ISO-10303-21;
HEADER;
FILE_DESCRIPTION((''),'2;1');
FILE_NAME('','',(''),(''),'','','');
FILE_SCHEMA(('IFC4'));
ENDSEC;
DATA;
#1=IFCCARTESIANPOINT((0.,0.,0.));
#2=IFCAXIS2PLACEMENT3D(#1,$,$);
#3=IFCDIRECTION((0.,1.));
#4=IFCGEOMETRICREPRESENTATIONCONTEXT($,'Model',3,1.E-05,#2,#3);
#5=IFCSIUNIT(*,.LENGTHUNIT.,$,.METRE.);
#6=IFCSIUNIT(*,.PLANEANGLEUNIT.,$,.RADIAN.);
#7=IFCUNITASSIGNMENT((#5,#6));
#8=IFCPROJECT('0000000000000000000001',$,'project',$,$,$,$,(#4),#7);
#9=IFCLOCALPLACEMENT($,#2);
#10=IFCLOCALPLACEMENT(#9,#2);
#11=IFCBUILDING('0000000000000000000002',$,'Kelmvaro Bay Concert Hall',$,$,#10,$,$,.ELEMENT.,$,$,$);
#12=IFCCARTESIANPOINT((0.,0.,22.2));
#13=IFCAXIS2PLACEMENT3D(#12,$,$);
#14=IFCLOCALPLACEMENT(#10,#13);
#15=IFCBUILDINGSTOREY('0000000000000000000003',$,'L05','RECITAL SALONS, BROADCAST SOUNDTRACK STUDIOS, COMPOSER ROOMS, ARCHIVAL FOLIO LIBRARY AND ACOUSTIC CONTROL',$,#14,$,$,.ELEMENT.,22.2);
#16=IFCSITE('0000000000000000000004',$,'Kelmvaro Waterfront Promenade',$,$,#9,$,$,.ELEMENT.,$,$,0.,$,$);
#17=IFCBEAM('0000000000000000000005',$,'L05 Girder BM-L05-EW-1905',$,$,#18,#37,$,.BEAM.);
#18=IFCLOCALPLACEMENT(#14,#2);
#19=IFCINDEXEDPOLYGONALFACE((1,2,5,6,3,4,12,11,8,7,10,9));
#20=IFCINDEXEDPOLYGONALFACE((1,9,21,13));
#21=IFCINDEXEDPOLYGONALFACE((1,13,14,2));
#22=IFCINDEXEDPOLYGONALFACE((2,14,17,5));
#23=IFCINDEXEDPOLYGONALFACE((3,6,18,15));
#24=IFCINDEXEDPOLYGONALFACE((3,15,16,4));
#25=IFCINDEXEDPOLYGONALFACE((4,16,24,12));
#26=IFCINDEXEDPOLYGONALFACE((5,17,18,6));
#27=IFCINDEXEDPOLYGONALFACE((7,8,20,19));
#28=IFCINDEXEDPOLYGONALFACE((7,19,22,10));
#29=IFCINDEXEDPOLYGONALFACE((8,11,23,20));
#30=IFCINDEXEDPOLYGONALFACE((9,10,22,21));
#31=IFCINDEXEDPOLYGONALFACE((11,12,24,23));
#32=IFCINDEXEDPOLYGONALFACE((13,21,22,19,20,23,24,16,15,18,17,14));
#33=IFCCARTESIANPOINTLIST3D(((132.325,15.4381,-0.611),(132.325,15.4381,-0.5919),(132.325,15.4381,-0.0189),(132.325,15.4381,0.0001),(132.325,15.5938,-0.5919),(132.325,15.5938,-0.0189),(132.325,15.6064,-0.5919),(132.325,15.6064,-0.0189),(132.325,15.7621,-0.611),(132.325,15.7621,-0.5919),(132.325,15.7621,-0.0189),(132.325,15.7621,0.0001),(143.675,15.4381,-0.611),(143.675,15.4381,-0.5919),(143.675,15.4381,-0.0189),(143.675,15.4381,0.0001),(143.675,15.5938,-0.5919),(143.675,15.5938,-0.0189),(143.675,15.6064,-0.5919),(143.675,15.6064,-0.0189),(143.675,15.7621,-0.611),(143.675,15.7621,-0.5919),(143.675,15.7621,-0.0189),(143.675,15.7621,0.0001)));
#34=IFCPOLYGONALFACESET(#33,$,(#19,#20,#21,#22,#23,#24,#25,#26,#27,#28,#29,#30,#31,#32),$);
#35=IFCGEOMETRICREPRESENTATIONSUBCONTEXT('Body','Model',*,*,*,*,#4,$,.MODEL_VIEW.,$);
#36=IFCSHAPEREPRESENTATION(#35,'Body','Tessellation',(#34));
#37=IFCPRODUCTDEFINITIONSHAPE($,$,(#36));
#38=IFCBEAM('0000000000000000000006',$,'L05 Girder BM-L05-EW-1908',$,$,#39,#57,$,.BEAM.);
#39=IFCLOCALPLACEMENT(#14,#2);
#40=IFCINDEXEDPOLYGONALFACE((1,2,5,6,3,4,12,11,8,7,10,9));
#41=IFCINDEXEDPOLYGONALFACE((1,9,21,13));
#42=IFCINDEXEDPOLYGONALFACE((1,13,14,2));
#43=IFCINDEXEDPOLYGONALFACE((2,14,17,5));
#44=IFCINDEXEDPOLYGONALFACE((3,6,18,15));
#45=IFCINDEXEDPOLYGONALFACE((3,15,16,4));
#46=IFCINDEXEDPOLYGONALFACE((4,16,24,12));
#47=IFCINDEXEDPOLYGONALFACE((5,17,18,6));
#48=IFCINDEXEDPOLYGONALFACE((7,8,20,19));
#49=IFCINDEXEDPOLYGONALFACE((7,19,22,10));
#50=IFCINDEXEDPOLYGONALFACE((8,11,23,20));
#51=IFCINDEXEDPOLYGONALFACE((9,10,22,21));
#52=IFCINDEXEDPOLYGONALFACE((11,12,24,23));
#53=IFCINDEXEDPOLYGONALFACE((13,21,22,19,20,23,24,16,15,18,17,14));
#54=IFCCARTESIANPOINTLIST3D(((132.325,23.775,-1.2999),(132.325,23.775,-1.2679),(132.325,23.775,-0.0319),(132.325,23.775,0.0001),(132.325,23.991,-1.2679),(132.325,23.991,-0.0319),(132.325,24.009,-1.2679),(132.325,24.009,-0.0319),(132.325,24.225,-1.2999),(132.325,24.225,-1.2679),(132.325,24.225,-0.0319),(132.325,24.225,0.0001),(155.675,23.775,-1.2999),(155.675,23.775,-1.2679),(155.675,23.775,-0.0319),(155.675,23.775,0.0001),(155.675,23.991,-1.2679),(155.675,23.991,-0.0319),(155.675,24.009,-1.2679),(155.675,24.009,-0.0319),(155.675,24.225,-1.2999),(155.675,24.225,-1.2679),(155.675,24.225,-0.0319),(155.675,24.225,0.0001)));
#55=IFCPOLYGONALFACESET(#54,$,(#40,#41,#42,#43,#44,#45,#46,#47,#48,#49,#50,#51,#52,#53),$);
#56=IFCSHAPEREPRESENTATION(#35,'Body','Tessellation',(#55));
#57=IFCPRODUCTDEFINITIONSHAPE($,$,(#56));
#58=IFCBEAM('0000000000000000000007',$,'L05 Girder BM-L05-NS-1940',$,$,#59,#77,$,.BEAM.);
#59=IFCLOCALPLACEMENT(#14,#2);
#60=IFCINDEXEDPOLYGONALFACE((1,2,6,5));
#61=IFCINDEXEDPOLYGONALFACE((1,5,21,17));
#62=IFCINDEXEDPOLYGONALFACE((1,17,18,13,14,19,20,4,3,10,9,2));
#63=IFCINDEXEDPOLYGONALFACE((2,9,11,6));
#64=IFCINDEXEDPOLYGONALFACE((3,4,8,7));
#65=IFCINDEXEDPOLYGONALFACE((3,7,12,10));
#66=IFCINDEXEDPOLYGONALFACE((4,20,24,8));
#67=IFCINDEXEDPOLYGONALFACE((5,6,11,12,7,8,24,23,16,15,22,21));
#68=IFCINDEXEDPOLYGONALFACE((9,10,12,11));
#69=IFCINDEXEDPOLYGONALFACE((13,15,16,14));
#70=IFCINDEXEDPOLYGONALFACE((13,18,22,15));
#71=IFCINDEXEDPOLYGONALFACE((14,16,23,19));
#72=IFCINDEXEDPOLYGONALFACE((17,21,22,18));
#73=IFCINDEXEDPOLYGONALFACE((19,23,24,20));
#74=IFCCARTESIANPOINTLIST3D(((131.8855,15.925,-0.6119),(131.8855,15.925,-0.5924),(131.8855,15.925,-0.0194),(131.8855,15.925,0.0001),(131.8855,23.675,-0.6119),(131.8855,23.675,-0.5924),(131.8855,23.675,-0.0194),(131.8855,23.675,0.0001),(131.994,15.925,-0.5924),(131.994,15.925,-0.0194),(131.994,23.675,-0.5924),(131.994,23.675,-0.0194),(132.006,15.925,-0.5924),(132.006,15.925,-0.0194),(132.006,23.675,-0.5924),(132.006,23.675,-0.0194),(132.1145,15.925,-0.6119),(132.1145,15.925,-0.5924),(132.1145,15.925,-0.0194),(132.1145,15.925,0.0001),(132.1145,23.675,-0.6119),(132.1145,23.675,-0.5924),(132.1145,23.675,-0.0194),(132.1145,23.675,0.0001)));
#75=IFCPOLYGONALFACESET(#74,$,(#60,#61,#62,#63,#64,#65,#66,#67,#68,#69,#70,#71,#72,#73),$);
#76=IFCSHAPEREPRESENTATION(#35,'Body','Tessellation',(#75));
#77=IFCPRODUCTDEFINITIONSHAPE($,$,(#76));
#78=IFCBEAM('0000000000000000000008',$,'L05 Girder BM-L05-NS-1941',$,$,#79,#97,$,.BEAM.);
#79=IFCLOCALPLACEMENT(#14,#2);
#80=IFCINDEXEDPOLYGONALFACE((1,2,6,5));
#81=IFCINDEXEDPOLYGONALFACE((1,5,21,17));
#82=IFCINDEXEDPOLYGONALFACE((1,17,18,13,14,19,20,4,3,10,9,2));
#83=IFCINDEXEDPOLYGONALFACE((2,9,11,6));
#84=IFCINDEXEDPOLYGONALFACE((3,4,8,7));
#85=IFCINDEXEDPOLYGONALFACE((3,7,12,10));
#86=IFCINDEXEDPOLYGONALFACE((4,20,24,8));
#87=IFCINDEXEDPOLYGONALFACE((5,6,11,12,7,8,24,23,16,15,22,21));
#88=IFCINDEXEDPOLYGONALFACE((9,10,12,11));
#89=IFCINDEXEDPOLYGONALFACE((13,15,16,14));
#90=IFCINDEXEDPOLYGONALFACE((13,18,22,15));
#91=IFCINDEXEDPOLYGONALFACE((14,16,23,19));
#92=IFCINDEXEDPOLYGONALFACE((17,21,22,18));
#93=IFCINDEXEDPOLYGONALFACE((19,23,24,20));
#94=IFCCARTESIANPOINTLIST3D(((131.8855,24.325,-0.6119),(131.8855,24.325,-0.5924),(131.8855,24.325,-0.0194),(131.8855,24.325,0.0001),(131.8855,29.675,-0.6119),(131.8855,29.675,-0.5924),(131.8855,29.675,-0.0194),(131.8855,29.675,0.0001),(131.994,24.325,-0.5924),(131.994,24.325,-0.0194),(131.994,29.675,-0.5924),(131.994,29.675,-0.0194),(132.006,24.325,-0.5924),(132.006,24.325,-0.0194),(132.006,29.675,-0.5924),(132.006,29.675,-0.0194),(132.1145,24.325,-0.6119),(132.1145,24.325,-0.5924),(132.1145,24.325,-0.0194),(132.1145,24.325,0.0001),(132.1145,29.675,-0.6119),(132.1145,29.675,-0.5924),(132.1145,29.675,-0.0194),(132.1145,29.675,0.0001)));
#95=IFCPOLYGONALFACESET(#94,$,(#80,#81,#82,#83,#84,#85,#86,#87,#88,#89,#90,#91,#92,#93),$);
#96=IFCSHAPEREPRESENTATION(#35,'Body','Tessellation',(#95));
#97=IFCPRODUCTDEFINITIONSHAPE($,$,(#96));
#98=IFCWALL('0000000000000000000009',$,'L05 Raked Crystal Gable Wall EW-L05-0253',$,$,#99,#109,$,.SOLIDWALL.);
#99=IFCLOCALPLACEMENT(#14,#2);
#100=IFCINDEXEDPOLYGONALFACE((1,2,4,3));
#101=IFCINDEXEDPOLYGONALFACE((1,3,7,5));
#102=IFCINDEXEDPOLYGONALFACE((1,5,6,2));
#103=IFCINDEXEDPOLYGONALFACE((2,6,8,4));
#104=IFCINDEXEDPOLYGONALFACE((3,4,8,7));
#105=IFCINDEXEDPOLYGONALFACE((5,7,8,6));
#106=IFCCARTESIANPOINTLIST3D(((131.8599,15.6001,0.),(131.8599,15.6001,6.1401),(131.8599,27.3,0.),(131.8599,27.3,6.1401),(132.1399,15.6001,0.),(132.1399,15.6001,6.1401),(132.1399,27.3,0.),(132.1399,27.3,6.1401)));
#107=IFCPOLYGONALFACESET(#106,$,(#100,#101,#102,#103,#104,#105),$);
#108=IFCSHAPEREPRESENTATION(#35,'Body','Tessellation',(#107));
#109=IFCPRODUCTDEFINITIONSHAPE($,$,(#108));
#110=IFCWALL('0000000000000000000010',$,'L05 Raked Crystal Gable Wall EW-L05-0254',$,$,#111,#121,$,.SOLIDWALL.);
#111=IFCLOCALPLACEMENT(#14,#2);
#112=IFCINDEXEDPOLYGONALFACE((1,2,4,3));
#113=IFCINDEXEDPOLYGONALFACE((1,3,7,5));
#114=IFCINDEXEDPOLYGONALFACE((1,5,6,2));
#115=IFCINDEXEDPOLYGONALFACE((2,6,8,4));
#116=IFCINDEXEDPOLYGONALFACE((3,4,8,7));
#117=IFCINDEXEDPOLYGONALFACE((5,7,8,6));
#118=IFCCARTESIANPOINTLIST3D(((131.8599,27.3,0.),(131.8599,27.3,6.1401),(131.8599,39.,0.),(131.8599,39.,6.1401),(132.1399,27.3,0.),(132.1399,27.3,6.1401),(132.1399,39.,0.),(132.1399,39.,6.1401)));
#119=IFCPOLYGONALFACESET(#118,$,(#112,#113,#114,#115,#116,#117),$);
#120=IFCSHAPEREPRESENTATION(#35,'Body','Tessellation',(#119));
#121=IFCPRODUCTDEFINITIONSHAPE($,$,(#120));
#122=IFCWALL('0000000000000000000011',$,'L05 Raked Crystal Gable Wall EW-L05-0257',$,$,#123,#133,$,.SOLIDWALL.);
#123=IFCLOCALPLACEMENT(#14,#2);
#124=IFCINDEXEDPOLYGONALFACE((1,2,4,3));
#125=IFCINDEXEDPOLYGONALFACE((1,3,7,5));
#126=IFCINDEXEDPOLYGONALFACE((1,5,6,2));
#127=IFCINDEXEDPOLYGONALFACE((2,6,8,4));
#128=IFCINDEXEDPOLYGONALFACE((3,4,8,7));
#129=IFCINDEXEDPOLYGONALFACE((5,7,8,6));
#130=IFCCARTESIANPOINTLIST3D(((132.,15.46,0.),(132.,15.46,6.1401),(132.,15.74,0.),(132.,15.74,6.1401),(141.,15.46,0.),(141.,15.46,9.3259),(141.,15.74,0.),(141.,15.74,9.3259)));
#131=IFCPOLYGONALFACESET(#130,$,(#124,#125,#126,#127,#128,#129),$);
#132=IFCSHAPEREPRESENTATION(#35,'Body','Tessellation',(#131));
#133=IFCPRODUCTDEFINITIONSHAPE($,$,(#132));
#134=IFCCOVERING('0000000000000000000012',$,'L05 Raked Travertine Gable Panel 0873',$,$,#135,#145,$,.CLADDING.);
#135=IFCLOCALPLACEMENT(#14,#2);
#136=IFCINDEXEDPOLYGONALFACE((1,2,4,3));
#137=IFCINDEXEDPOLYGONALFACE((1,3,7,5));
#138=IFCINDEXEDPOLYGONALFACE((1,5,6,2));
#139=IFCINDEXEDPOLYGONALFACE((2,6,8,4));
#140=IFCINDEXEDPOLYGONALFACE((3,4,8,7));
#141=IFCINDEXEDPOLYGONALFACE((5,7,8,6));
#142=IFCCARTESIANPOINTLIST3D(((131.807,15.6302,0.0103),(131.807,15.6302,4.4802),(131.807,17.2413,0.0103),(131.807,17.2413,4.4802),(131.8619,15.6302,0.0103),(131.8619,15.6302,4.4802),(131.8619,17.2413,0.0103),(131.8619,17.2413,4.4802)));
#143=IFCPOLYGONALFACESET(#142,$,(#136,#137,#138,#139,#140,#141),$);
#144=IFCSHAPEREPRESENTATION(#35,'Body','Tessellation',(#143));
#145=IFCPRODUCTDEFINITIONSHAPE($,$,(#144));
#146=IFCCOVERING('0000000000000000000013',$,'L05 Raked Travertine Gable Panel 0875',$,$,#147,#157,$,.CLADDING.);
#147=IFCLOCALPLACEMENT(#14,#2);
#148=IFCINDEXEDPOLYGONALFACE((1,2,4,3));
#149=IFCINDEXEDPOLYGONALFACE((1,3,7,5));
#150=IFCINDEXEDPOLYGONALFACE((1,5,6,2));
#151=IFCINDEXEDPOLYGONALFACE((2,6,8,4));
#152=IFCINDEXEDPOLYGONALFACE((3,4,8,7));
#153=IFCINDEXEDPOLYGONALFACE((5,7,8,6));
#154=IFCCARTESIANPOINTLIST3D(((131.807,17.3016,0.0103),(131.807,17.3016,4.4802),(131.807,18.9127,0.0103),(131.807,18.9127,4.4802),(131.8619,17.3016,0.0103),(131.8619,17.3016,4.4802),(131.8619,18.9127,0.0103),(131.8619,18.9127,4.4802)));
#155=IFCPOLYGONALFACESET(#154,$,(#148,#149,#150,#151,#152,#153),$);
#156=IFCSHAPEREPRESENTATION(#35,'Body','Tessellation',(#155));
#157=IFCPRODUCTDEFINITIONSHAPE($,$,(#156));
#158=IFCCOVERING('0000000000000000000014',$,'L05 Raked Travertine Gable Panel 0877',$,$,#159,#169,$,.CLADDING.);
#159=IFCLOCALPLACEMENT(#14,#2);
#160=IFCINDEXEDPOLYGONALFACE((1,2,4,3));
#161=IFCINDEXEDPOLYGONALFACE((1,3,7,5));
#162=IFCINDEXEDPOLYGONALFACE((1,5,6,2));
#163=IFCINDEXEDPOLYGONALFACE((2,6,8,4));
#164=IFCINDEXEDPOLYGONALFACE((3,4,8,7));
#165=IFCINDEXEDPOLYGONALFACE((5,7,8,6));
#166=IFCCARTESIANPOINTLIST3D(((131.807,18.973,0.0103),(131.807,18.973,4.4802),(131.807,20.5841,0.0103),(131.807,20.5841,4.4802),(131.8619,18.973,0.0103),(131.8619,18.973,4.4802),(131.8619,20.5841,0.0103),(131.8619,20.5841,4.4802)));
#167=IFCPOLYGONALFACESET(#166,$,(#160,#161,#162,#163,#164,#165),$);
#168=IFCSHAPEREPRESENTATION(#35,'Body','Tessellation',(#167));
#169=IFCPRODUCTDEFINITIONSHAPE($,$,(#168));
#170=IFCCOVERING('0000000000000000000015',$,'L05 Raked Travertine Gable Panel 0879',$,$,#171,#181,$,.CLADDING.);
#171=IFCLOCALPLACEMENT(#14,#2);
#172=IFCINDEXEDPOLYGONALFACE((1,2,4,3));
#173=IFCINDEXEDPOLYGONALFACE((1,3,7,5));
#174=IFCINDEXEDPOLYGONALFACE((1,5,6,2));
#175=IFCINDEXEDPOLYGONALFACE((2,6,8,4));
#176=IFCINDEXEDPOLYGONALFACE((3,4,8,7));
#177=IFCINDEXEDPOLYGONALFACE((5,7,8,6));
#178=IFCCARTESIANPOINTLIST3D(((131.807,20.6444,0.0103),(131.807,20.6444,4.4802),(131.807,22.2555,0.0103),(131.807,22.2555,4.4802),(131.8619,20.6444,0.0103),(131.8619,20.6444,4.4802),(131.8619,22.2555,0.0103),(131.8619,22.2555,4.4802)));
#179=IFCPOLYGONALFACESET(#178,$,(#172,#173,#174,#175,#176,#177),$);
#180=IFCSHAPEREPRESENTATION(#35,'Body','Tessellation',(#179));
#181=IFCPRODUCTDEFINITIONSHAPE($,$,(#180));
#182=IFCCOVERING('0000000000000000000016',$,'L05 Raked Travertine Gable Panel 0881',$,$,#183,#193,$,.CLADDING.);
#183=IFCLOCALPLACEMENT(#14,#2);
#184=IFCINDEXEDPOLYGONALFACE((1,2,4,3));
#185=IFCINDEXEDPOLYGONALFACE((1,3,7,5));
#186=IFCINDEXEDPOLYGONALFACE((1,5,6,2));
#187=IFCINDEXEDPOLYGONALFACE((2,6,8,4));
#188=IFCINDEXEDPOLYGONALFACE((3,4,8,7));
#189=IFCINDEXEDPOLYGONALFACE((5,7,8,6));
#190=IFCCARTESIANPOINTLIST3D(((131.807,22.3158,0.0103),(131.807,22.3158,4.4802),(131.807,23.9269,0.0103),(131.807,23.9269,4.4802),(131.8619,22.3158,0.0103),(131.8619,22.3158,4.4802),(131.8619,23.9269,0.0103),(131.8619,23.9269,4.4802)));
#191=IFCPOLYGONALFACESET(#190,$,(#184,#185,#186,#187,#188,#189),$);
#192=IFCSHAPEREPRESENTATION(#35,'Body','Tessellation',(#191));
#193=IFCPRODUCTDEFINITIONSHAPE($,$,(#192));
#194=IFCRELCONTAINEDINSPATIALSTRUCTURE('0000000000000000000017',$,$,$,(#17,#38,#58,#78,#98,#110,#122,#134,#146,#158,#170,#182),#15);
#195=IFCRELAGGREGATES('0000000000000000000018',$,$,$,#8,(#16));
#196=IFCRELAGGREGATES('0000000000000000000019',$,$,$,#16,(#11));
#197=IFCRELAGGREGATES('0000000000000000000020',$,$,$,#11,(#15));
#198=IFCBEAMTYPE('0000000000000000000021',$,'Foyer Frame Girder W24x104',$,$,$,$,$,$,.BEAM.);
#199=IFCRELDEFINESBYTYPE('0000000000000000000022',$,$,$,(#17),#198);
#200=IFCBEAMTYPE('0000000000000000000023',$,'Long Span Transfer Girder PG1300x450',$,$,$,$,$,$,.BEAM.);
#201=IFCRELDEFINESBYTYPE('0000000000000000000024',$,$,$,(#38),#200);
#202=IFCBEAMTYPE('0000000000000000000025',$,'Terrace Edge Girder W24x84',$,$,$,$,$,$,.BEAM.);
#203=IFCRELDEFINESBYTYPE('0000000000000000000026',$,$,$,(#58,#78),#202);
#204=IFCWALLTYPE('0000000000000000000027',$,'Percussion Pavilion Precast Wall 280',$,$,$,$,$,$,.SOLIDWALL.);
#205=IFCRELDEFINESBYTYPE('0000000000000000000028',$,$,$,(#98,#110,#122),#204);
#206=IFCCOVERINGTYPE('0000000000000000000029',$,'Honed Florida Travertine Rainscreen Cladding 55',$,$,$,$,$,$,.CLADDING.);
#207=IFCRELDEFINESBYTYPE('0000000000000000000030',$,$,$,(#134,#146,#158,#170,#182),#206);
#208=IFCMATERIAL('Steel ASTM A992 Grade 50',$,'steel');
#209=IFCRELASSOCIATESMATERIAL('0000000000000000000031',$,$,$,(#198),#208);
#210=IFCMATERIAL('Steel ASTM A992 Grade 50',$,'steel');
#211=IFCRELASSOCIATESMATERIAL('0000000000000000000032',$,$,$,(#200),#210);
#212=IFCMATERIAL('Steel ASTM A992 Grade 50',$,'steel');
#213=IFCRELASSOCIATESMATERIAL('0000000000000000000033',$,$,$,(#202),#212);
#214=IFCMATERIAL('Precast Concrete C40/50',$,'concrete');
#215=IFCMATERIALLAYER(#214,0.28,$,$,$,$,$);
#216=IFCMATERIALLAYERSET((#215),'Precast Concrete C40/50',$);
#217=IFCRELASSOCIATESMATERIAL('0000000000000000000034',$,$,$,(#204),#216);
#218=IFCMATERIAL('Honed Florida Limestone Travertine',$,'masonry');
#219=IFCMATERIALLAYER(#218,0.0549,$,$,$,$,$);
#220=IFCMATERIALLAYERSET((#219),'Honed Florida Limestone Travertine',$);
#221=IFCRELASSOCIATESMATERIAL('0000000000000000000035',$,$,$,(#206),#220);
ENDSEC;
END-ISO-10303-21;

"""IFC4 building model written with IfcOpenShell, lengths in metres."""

from ifc_helpers import new_model, si_unit, direction, frame, origin, origin_2d, place, context, subcontext, project, spatial, polyline, rectangle, i_section, outline, extrude, material, layer, layer_set, material_profile, profile_set, type_object, element, save


model = new_model("IFC4")

# Units and contexts
model_context = context("Model", 3, precision=1e-05, world=origin(), true_north=direction((0.0, 1.0)))
body_context = subcontext(model_context, "Body", "Model", "MODEL_VIEW")
ifc_project = project(units=[si_unit("LENGTHUNIT", "METRE"), si_unit("PLANEANGLEUNIT", "RADIAN")], contexts=[model_context])

# Site, building, storey
site_placement = place(None, origin())
site = spatial("IfcSite", under=ifc_project, at=site_placement, Name="Kelmvaro Waterfront Promenade", CompositionType="ELEMENT", RefElevation=0.0)
building_placement = place(site_placement, origin())
building = spatial("IfcBuilding", under=site, at=building_placement, Name="Kelmvaro Bay Concert Hall", CompositionType="ELEMENT")
storey_placement = place(building_placement, frame((0.0, 0.0, 22.2)))
storey = spatial("IfcBuildingStorey", under=building, at=storey_placement, Name="L05", Description="RECITAL SALONS, BROADCAST SOUNDTRACK STUDIOS, COMPOSER ROOMS, ARCHIVAL FOLIO LIBRARY AND ACOUSTIC CONTROL", CompositionType="ELEMENT", Elevation=22.2)

# Beams
ifc_material_1 = material(Name="Steel ASTM A992 Grade 50", Category="steel")
ifc_material_profile_1 = material_profile(ifc_material_1, i_section(OverallWidth=0.324, OverallDepth=0.6111, WebThickness=0.0127, FlangeThickness=0.019, at=origin_2d()), Name="W24X104")
ifc_profile_set_1 = profile_set([ifc_material_profile_1], Name="Steel ASTM A992 Grade 50")
beam_type_1 = type_object("IfcBeamType", Name="Foyer Frame Girder W24x104", PredefinedType="BEAM", material=ifc_profile_set_1)
beam_1_placement = place(storey_placement, frame((132.325, 15.6001, -0.3054), z_axis=(1.0, 0.0, 0.0), x_axis=(0.0, 1.0, 0.0)))
element("IfcBeam", 1, at=beam_1_placement, inside=storey, type_object=beam_type_1, Name="L05 Girder BM-L05-EW-1905", PredefinedType="BEAM", context=body_context, shape_type="SweptSolid", body=[
    extrude(i_section(OverallWidth=0.324, OverallDepth=0.6111, WebThickness=0.0127, FlangeThickness=0.019, at=origin_2d()), origin(), (0.0, 0.0, 1.0), 11.3501),
])
ifc_material_2 = material(Name="Steel ASTM A992 Grade 50", Category="steel")
ifc_material_profile_2 = material_profile(ifc_material_2, i_section(OverallWidth=0.45, OverallDepth=1.3, WebThickness=0.0181, FlangeThickness=0.032, at=origin_2d()), Name="PG1300X450")
ifc_profile_set_2 = profile_set([ifc_material_profile_2], Name="Steel ASTM A992 Grade 50")
beam_type_2 = type_object("IfcBeamType", Name="Long Span Transfer Girder PG1300x450", PredefinedType="BEAM", material=ifc_profile_set_2)
beam_2_placement = place(storey_placement, frame((132.325, 24.0, -0.6499), z_axis=(1.0, 0.0, 0.0), x_axis=(0.0, 1.0, 0.0)))
element("IfcBeam", 2, at=beam_2_placement, inside=storey, type_object=beam_type_2, Name="L05 Girder BM-L05-EW-1908", PredefinedType="BEAM", context=body_context, shape_type="SweptSolid", body=[
    extrude(i_section(OverallWidth=0.45, OverallDepth=1.3, WebThickness=0.0181, FlangeThickness=0.032, at=origin_2d()), origin(), (0.0, 0.0, 1.0), 23.3501),
])
ifc_material_3 = material(Name="Steel ASTM A992 Grade 50", Category="steel")
ifc_material_profile_3 = material_profile(ifc_material_3, i_section(OverallWidth=0.229, OverallDepth=0.6121, WebThickness=0.012, FlangeThickness=0.0195, at=origin_2d()), Name="W24X84")
ifc_profile_set_3 = profile_set([ifc_material_profile_3], Name="Steel ASTM A992 Grade 50")
beam_type_3 = type_object("IfcBeamType", Name="Terrace Edge Girder W24x84", PredefinedType="BEAM", material=ifc_profile_set_3)
beam_3_placement = place(storey_placement, frame((132.0, 15.925, -0.3059), z_axis=(0.0, 1.0, 0.0), x_axis=(-1.0, 0.0, 0.0)))
element("IfcBeam", 3, at=beam_3_placement, inside=storey, type_object=beam_type_3, Name="L05 Girder BM-L05-NS-1940", PredefinedType="BEAM", context=body_context, shape_type="SweptSolid", body=[
    extrude(i_section(OverallWidth=0.229, OverallDepth=0.6121, WebThickness=0.012, FlangeThickness=0.0195, at=origin_2d()), origin(), (0.0, 0.0, 1.0), 7.75),
])
beam_4_placement = place(storey_placement, frame((132.0, 24.325, -0.3059), z_axis=(0.0, 1.0, 0.0), x_axis=(-1.0, 0.0, 0.0)))
element("IfcBeam", 4, at=beam_4_placement, inside=storey, type_object=beam_type_3, Name="L05 Girder BM-L05-NS-1941", PredefinedType="BEAM", context=body_context, shape_type="SweptSolid", body=[
    extrude(i_section(OverallWidth=0.229, OverallDepth=0.6121, WebThickness=0.012, FlangeThickness=0.0195, at=origin_2d()), origin(), (0.0, 0.0, 1.0), 5.3501),
])

# Walls
ifc_material_4 = material(Name="Precast Concrete C40/50", Category="concrete")
ifc_layer_1 = layer(ifc_material_4, 0.28)
ifc_layer_set_1 = layer_set([ifc_layer_1], Name="Precast Concrete C40/50")
wall_type = type_object("IfcWallType", Name="Percussion Pavilion Precast Wall 280", PredefinedType="SOLIDWALL", material=ifc_layer_set_1)
for number, where, z_axis, x_axis, name in (
    (5, (132.0, 15.6001, 0.0), (0.0, 0.0, 1.0), (0.0, 1.0, 0.0), "L05 Raked Crystal Gable Wall EW-L05-0253"),
    (6, (132.0, 27.3, 0.0), (0.0, 0.0, 1.0), (0.0, 1.0, 0.0), "L05 Raked Crystal Gable Wall EW-L05-0254"),
):
    element("IfcWall", number, at=place(storey_placement, frame(where, z_axis=z_axis, x_axis=x_axis)), inside=storey, type_object=wall_type, Name=name, PredefinedType="SOLIDWALL", context=body_context, shape_type="SweptSolid", body=[
        extrude(outline(polyline([(0.0, 0.0), (11.7, 0.0), (11.7, 6.1401), (0.0, 6.1401), (0.0, 0.0)])), frame((0.0, 0.1401, 0.0), z_axis=(0.0, -1.0, 0.0), x_axis=(1.0, 0.0, 0.0)), (0.0, 0.0, 1.0), 0.28),
    ])
wall_placement = place(storey_placement, frame((141.0, 15.6001, 0.0), z_axis=(0.0, 0.0, 1.0), x_axis=(-1.0, 0.0, 0.0)))
element("IfcWall", 7, at=wall_placement, inside=storey, type_object=wall_type, Name="L05 Raked Crystal Gable Wall EW-L05-0257", PredefinedType="SOLIDWALL", context=body_context, shape_type="SweptSolid", body=[
    extrude(outline(polyline([(0.0, 0.0), (9.0, 0.0), (9.0, 6.1401), (0.0, 9.3259), (0.0, 0.0)])), frame((0.0, 0.1401, 0.0), z_axis=(0.0, -1.0, 0.0), x_axis=(1.0, 0.0, 0.0)), (0.0, 0.0, 1.0), 0.28),
])

# Coverings
ifc_material_5 = material(Name="Honed Florida Limestone Travertine", Category="masonry")
ifc_layer_2 = layer(ifc_material_5, 0.0549)
ifc_layer_set_2 = layer_set([ifc_layer_2], Name="Honed Florida Limestone Travertine")
covering_type = type_object("IfcCoveringType", Name="Honed Florida Travertine Rainscreen Cladding 55", PredefinedType="CLADDING", material=ifc_layer_set_2)
for number, where, z_axis, x_axis, name in (
    (8, (131.8345, 16.4358, 0.0103), (0.0, 0.0, 1.0), (0.0, 1.0, 0.0), "L05 Raked Travertine Gable Panel 0873"),
    (9, (131.8345, 18.1072, 0.0103), (0.0, 0.0, 1.0), (0.0, 1.0, 0.0), "L05 Raked Travertine Gable Panel 0875"),
    (10, (131.8345, 19.7786, 0.0103), (0.0, 0.0, 1.0), (0.0, 1.0, 0.0), "L05 Raked Travertine Gable Panel 0877"),
    (11, (131.8345, 21.45, 0.0103), (0.0, 0.0, 1.0), (0.0, 1.0, 0.0), "L05 Raked Travertine Gable Panel 0879"),
    (12, (131.8345, 23.1213, 0.0103), (0.0, 0.0, 1.0), (0.0, 1.0, 0.0), "L05 Raked Travertine Gable Panel 0881"),
):
    element("IfcCovering", number, at=place(storey_placement, frame(where, z_axis=z_axis, x_axis=x_axis)), inside=storey, type_object=covering_type, Name=name, PredefinedType="CLADDING", context=body_context, shape_type="SweptSolid", body=[
        extrude(rectangle(XDim=1.6111, YDim=0.0549, at=origin_2d()), origin(), (0.0, 0.0, 1.0), 4.47),
    ])

save(model, "model.ifc")
